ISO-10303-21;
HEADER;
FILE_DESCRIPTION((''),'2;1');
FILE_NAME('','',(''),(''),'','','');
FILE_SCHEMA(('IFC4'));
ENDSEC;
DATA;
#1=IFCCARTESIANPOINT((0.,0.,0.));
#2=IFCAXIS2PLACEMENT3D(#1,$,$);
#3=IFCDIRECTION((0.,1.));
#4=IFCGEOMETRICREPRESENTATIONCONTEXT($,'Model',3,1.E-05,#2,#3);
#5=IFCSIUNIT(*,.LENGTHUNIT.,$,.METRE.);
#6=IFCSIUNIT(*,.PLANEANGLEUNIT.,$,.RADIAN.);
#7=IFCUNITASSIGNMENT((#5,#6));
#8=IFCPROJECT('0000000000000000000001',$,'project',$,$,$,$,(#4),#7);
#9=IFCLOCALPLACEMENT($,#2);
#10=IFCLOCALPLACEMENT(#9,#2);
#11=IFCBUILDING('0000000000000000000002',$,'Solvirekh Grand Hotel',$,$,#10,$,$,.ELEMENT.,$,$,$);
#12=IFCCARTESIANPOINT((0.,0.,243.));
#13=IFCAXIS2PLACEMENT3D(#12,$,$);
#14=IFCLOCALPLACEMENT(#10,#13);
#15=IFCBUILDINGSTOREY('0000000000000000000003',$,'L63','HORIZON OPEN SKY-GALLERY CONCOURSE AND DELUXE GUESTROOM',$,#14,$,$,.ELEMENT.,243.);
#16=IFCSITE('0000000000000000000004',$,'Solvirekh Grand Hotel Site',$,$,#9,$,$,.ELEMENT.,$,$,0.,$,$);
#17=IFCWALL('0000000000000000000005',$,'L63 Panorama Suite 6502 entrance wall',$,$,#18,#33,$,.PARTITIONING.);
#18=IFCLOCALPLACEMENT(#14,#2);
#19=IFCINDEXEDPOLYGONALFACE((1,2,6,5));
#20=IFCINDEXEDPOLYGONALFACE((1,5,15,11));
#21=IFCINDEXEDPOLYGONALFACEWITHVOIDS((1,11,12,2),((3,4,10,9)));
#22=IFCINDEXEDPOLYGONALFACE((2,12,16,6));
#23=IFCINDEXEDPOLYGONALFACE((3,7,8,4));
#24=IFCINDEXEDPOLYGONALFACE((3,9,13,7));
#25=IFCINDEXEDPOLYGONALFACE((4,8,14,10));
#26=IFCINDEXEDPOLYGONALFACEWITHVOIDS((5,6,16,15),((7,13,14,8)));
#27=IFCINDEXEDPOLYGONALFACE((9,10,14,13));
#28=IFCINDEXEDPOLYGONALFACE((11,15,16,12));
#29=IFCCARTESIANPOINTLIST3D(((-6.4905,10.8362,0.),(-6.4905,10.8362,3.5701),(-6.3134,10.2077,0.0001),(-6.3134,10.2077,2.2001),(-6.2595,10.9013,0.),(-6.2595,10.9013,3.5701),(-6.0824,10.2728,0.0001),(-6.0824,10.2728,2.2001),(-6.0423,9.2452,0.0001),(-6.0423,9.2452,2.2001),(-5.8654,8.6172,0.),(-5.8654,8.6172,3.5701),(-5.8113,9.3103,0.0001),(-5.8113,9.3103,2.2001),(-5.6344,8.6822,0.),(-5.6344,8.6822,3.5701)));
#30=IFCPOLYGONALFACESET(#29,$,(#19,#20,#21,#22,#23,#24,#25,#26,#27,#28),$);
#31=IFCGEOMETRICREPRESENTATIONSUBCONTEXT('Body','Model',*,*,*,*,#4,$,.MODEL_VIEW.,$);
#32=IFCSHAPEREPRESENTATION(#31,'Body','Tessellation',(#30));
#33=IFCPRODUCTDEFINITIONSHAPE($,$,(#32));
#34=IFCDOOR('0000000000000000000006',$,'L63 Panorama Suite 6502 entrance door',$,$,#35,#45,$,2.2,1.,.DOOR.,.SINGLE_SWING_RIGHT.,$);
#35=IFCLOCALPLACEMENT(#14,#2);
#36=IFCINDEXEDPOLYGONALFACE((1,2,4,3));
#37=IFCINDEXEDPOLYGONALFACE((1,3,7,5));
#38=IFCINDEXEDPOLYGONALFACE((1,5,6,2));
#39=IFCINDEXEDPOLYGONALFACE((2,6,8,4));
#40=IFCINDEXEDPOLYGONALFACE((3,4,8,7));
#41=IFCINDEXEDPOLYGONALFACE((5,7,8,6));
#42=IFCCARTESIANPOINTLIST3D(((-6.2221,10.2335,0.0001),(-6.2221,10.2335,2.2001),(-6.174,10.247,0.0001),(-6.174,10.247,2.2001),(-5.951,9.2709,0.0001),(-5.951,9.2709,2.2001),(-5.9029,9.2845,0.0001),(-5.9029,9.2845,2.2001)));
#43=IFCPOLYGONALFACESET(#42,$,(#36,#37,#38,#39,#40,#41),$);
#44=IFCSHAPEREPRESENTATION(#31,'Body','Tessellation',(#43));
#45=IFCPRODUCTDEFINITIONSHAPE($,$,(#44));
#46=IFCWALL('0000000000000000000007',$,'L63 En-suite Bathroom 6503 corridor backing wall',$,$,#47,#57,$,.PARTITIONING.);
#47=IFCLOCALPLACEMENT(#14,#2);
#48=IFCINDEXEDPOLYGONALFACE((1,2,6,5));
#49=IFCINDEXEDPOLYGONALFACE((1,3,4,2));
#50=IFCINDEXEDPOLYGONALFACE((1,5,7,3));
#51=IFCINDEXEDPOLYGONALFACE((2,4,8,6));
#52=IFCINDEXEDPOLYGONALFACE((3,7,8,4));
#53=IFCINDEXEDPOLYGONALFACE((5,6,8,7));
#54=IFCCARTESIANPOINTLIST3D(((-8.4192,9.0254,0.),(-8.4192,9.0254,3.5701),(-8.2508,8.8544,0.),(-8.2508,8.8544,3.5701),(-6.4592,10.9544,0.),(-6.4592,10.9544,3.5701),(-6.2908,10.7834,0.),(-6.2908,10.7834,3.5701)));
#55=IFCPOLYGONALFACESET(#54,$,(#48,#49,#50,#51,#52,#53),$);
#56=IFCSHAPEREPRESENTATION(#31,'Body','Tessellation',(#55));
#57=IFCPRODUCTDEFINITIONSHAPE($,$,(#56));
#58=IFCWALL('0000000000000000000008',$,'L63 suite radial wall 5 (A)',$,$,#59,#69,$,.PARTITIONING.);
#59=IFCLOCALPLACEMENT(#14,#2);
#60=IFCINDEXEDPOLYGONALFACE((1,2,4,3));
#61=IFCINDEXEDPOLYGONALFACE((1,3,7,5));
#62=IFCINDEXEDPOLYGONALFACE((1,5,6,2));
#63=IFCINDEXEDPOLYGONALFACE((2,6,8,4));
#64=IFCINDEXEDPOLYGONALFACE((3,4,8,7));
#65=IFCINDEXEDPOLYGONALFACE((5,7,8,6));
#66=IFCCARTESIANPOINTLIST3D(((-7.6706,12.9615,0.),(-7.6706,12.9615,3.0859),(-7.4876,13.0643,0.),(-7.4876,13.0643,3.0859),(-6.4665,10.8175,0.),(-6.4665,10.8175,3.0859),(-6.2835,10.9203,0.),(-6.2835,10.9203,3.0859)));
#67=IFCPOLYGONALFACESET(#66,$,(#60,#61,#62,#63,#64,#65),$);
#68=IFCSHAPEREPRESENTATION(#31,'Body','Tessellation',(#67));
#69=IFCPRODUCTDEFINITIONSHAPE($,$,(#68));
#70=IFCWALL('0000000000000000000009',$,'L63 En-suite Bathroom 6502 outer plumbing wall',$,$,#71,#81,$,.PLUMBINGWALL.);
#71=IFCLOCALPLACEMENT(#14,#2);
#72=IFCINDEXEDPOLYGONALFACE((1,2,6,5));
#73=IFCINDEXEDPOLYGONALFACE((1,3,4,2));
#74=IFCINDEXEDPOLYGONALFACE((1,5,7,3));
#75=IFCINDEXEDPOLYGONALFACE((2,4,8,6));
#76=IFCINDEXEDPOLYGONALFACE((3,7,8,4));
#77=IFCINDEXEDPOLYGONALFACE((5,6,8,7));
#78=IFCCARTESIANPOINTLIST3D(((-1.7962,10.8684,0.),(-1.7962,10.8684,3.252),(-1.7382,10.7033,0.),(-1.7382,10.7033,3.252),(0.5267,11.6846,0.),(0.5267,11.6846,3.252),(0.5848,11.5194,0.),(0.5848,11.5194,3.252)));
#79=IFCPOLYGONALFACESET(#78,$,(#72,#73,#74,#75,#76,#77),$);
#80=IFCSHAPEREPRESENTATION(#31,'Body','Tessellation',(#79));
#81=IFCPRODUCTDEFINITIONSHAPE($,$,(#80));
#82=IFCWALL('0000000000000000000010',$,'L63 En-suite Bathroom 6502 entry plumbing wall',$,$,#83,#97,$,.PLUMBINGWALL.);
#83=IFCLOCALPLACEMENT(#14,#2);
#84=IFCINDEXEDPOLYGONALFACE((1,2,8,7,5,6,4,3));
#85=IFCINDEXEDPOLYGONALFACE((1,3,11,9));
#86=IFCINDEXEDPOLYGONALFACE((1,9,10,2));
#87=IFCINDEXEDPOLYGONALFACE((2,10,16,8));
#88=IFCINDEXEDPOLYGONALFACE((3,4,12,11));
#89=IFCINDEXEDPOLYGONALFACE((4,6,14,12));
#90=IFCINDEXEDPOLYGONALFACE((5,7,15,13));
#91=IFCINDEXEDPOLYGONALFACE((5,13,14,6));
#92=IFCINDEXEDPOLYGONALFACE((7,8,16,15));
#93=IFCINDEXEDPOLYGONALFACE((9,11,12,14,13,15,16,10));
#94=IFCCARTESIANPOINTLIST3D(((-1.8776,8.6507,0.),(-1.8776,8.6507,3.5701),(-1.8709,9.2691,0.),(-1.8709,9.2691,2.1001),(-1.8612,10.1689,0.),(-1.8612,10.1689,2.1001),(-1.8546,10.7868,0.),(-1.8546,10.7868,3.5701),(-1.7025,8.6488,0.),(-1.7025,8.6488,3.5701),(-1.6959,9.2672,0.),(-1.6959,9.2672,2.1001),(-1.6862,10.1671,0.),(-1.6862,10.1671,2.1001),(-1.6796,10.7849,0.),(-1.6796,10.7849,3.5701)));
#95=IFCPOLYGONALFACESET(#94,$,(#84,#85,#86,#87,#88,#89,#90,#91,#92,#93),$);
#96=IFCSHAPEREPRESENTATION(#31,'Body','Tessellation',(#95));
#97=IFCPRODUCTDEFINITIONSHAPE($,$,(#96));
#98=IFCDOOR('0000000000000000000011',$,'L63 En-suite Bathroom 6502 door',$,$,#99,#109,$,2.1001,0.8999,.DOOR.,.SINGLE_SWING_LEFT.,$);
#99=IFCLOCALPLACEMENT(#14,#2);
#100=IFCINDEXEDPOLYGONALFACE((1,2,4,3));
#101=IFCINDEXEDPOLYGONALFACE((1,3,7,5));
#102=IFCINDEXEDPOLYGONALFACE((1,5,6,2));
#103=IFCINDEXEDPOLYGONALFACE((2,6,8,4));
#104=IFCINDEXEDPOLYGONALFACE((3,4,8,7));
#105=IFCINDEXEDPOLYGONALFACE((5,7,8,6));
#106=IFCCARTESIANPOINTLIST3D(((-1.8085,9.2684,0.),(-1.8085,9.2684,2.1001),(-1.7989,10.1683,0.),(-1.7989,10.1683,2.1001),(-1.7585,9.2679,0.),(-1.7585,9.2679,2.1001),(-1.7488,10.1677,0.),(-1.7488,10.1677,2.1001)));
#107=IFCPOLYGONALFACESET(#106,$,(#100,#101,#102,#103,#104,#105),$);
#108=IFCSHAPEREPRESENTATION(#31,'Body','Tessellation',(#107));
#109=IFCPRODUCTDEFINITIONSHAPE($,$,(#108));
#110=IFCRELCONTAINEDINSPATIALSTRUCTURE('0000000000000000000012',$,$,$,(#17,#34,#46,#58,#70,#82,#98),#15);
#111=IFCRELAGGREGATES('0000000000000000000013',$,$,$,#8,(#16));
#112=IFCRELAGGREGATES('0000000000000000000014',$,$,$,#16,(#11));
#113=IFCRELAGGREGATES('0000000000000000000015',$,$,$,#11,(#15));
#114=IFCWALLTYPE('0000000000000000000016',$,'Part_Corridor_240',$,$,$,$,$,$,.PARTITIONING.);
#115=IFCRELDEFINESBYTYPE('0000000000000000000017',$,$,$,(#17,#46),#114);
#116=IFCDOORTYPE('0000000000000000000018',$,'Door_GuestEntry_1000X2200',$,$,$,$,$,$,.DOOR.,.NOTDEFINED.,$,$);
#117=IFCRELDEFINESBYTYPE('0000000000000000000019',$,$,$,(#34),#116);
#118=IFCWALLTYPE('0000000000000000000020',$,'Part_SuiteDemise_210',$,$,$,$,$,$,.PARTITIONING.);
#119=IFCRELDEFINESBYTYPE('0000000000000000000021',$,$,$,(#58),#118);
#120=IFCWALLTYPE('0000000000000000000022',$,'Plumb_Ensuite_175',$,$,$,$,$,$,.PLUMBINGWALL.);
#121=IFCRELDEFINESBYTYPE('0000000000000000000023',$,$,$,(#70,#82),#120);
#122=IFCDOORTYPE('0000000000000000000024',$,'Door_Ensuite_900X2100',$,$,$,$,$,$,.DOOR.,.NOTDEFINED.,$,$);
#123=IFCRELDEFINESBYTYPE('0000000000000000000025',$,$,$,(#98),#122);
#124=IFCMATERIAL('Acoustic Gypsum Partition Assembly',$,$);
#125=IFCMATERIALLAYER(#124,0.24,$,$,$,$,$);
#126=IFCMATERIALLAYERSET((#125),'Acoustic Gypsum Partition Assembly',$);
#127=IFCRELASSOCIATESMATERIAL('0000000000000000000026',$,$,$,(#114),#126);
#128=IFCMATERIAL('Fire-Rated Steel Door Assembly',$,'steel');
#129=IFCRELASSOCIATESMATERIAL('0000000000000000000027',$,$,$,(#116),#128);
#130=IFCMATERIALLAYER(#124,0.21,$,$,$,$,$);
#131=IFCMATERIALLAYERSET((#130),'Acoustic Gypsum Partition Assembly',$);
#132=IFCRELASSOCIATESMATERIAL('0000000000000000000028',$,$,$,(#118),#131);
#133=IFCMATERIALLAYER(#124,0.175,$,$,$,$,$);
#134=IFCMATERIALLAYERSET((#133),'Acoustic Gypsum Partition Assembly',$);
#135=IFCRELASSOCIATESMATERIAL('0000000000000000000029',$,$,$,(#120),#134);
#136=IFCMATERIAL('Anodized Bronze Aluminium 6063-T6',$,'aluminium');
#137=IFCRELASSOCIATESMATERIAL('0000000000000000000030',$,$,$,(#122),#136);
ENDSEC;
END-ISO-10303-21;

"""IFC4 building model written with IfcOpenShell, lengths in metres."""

from ifc_helpers import new_model, si_unit, direction, frame, frame_2d, origin, place, context, subcontext, project, spatial, rectangle, extrude, material, layer, layer_set, type_object, element, fill, save


model = new_model("IFC4")

# Units and contexts
model_context = context("Model", 3, precision=1e-05, world=origin(), true_north=direction((0.0, 1.0)))
body_context = subcontext(model_context, "Body", "Model", "MODEL_VIEW")
ifc_project = project(units=[si_unit("LENGTHUNIT", "METRE"), si_unit("PLANEANGLEUNIT", "RADIAN")], contexts=[model_context])

# Site, building, storey
site_placement = place(None, origin())
site = spatial("IfcSite", under=ifc_project, at=site_placement, Name="Solvirekh Grand Hotel Site", CompositionType="ELEMENT", RefElevation=0.0)
building_placement = place(site_placement, origin())
building = spatial("IfcBuilding", under=site, at=building_placement, Name="Solvirekh Grand Hotel", CompositionType="ELEMENT")
storey_placement = place(building_placement, frame((0.0, 0.0, 243.0)))
storey = spatial("IfcBuildingStorey", under=building, at=storey_placement, Name="L63", Description="HORIZON OPEN SKY-GALLERY CONCOURSE AND DELUXE GUESTROOM", CompositionType="ELEMENT", Elevation=243.0)

# Shared definitions
ifc_material_1 = material(Name="Anodized Bronze Aluminium 6063-T6", Category="aluminium")

# Shared definitions
ifc_material_2 = material(Name="Acoustic Gypsum Partition Assembly")
ifc_layer_1 = layer(ifc_material_2, 0.24)
ifc_layer_set_1 = layer_set([ifc_layer_1], Name="Acoustic Gypsum Partition Assembly")
wall_type_1 = type_object("IfcWallType", Name="Part_Corridor_240", PredefinedType="PARTITIONING", material=ifc_layer_set_1)

# Wall, opening, door
wall_1_placement = place(storey_placement, frame((-6.375, 10.8689, 0.0), z_axis=(0.0, 0.0, 1.0), x_axis=(0.271111, -0.962548, 0.0)))
wall_1 = element("IfcWall", 1, at=wall_1_placement, inside=storey, type_object=wall_type_1, Name="L63 Panorama Suite 6502 entrance wall", PredefinedType="PARTITIONING", context=body_context, shape_type="SweptSolid", body=[
    extrude(rectangle(XDim=2.3054, YDim=0.24, at=frame_2d((1.1528, 0.0))), origin(), (0.0, 0.0, 1.0), 3.5701),
])
opening_1_placement = place(wall_1_placement, frame((0.6531, 0.0, 0.0)))
opening_1 = element("IfcOpeningElement", 2, at=opening_1_placement, cuts=wall_1, PredefinedType="OPENING", context=body_context, shape_type="SweptSolid", body=[
    extrude(rectangle(XDim=1.0, YDim=2.2, at=frame_2d((0.5, 1.1001))), frame((0.0, 0.1299, 0.0), z_axis=(0.0, -1.0, 0.0), x_axis=(1.0, 0.0, 0.0)), (0.0, 0.0, 1.0), 0.26),
])
ifc_material_3 = material(Name="Fire-Rated Steel Door Assembly", Category="steel")
door_type_1 = type_object("IfcDoorType", Name="Door_GuestEntry_1000X2200", OperationType="NOTDEFINED", PredefinedType="DOOR", material=ifc_material_3)
door_1_placement = place(opening_1_placement, origin())
door_1 = element("IfcDoor", 3, at=door_1_placement, inside=storey, type_object=door_type_1, Name="L63 Panorama Suite 6502 entrance door", OperationType="SINGLE_SWING_RIGHT", OverallHeight=2.2, OverallWidth=1.0, PredefinedType="DOOR", context=body_context, shape_type="SweptSolid", body=[
    extrude(rectangle(XDim=1.0, YDim=2.2, at=frame_2d((0.5, 1.1001))), frame((0.0, 0.0249, 0.0), z_axis=(0.0, -1.0, 0.0), x_axis=(1.0, 0.0, 0.0)), (0.0, 0.0, 1.0), 0.05),
])
fill(opening_1, door_1)

# Walls
wall_2_placement = place(storey_placement, frame((-6.375, 10.8689, 0.0), z_axis=(0.0, 0.0, 1.0), x_axis=(-0.712722, -0.701447, 0.0)))
element("IfcWall", 4, at=wall_2_placement, inside=storey, type_object=wall_type_1, Name="L63 En-suite Bathroom 6503 corridor backing wall", PredefinedType="PARTITIONING", context=body_context, shape_type="SweptSolid", body=[
    extrude(rectangle(XDim=2.75, YDim=0.24, at=frame_2d((1.375, 0.0))), origin(), (0.0, 0.0, 1.0), 3.5701),
])
ifc_layer_2 = layer(ifc_material_2, 0.21)
ifc_layer_set_2 = layer_set([ifc_layer_2], Name="Acoustic Gypsum Partition Assembly")
wall_type_2 = type_object("IfcWallType", Name="Part_SuiteDemise_210", PredefinedType="PARTITIONING", material=ifc_layer_set_2)
wall_3_placement = place(storey_placement, frame((-6.375, 10.8689, 0.0), z_axis=(0.0, 0.0, 1.0), x_axis=(-0.489667, 0.871909, 0.0)))
element("IfcWall", 5, at=wall_3_placement, inside=storey, type_object=wall_type_2, Name="L63 suite radial wall 5 (A)", PredefinedType="PARTITIONING", context=body_context, shape_type="SweptSolid", body=[
    extrude(rectangle(XDim=2.459, YDim=0.21, at=frame_2d((1.2295, 0.0))), origin(), (0.0, 0.0, 1.0), 3.0859),
])
ifc_layer_3 = layer(ifc_material_2, 0.175)
ifc_layer_set_3 = layer_set([ifc_layer_3], Name="Acoustic Gypsum Partition Assembly")
wall_type_3 = type_object("IfcWallType", Name="Plumb_Ensuite_175", PredefinedType="PLUMBINGWALL", material=ifc_layer_set_3)
wall_4_placement = place(storey_placement, frame((-1.7671, 10.7859, 0.0), z_axis=(0.0, 0.0, 1.0), x_axis=(0.943463, 0.331476, 0.0)))
element("IfcWall", 6, at=wall_4_placement, inside=storey, type_object=wall_type_3, Name="L63 En-suite Bathroom 6502 outer plumbing wall", PredefinedType="PLUMBINGWALL", context=body_context, shape_type="SweptSolid", body=[
    extrude(rectangle(XDim=2.4622, YDim=0.175, at=frame_2d((1.231, 0.0))), origin(), (0.0, 0.0, 1.0), 3.252),
])

# Wall, opening, door
wall_5_placement = place(storey_placement, frame((-1.7671, 10.7859, 0.0), z_axis=(0.0, 0.0, 1.0), x_axis=(-0.010743, -0.999942, 0.0)))
wall_5 = element("IfcWall", 7, at=wall_5_placement, inside=storey, type_object=wall_type_3, Name="L63 En-suite Bathroom 6502 entry plumbing wall", PredefinedType="PLUMBINGWALL", context=body_context, shape_type="SweptSolid", body=[
    extrude(rectangle(XDim=2.1362, YDim=0.175, at=frame_2d((1.0681, 0.0))), origin(), (0.0, 0.0, 1.0), 3.5701),
])
opening_2_placement = place(wall_5_placement, frame((0.6179, 0.0, 0.0)))
opening_2 = element("IfcOpeningElement", 8, at=opening_2_placement, cuts=wall_5, PredefinedType="OPENING", context=body_context, shape_type="SweptSolid", body=[
    extrude(rectangle(XDim=0.8999, YDim=2.1001, at=frame_2d((0.45, 1.05))), frame((0.0, 0.0977, 0.0), z_axis=(0.0, -1.0, 0.0), x_axis=(1.0, 0.0, 0.0)), (0.0, 0.0, 1.0), 0.1951),
])
door_type_2 = type_object("IfcDoorType", Name="Door_Ensuite_900X2100", OperationType="NOTDEFINED", PredefinedType="DOOR", material=ifc_material_1)
door_2_placement = place(opening_2_placement, origin())
door_2 = element("IfcDoor", 9, at=door_2_placement, inside=storey, type_object=door_type_2, Name="L63 En-suite Bathroom 6502 door", OperationType="SINGLE_SWING_LEFT", OverallHeight=2.1001, OverallWidth=0.8999, PredefinedType="DOOR", context=body_context, shape_type="SweptSolid", body=[
    extrude(rectangle(XDim=0.8999, YDim=2.1001, at=frame_2d((0.45, 1.05))), frame((0.0, 0.0249, 0.0), z_axis=(0.0, -1.0, 0.0), x_axis=(1.0, 0.0, 0.0)), (0.0, 0.0, 1.0), 0.05),
])
fill(opening_2, door_2)

save(model, "model.ifc")
